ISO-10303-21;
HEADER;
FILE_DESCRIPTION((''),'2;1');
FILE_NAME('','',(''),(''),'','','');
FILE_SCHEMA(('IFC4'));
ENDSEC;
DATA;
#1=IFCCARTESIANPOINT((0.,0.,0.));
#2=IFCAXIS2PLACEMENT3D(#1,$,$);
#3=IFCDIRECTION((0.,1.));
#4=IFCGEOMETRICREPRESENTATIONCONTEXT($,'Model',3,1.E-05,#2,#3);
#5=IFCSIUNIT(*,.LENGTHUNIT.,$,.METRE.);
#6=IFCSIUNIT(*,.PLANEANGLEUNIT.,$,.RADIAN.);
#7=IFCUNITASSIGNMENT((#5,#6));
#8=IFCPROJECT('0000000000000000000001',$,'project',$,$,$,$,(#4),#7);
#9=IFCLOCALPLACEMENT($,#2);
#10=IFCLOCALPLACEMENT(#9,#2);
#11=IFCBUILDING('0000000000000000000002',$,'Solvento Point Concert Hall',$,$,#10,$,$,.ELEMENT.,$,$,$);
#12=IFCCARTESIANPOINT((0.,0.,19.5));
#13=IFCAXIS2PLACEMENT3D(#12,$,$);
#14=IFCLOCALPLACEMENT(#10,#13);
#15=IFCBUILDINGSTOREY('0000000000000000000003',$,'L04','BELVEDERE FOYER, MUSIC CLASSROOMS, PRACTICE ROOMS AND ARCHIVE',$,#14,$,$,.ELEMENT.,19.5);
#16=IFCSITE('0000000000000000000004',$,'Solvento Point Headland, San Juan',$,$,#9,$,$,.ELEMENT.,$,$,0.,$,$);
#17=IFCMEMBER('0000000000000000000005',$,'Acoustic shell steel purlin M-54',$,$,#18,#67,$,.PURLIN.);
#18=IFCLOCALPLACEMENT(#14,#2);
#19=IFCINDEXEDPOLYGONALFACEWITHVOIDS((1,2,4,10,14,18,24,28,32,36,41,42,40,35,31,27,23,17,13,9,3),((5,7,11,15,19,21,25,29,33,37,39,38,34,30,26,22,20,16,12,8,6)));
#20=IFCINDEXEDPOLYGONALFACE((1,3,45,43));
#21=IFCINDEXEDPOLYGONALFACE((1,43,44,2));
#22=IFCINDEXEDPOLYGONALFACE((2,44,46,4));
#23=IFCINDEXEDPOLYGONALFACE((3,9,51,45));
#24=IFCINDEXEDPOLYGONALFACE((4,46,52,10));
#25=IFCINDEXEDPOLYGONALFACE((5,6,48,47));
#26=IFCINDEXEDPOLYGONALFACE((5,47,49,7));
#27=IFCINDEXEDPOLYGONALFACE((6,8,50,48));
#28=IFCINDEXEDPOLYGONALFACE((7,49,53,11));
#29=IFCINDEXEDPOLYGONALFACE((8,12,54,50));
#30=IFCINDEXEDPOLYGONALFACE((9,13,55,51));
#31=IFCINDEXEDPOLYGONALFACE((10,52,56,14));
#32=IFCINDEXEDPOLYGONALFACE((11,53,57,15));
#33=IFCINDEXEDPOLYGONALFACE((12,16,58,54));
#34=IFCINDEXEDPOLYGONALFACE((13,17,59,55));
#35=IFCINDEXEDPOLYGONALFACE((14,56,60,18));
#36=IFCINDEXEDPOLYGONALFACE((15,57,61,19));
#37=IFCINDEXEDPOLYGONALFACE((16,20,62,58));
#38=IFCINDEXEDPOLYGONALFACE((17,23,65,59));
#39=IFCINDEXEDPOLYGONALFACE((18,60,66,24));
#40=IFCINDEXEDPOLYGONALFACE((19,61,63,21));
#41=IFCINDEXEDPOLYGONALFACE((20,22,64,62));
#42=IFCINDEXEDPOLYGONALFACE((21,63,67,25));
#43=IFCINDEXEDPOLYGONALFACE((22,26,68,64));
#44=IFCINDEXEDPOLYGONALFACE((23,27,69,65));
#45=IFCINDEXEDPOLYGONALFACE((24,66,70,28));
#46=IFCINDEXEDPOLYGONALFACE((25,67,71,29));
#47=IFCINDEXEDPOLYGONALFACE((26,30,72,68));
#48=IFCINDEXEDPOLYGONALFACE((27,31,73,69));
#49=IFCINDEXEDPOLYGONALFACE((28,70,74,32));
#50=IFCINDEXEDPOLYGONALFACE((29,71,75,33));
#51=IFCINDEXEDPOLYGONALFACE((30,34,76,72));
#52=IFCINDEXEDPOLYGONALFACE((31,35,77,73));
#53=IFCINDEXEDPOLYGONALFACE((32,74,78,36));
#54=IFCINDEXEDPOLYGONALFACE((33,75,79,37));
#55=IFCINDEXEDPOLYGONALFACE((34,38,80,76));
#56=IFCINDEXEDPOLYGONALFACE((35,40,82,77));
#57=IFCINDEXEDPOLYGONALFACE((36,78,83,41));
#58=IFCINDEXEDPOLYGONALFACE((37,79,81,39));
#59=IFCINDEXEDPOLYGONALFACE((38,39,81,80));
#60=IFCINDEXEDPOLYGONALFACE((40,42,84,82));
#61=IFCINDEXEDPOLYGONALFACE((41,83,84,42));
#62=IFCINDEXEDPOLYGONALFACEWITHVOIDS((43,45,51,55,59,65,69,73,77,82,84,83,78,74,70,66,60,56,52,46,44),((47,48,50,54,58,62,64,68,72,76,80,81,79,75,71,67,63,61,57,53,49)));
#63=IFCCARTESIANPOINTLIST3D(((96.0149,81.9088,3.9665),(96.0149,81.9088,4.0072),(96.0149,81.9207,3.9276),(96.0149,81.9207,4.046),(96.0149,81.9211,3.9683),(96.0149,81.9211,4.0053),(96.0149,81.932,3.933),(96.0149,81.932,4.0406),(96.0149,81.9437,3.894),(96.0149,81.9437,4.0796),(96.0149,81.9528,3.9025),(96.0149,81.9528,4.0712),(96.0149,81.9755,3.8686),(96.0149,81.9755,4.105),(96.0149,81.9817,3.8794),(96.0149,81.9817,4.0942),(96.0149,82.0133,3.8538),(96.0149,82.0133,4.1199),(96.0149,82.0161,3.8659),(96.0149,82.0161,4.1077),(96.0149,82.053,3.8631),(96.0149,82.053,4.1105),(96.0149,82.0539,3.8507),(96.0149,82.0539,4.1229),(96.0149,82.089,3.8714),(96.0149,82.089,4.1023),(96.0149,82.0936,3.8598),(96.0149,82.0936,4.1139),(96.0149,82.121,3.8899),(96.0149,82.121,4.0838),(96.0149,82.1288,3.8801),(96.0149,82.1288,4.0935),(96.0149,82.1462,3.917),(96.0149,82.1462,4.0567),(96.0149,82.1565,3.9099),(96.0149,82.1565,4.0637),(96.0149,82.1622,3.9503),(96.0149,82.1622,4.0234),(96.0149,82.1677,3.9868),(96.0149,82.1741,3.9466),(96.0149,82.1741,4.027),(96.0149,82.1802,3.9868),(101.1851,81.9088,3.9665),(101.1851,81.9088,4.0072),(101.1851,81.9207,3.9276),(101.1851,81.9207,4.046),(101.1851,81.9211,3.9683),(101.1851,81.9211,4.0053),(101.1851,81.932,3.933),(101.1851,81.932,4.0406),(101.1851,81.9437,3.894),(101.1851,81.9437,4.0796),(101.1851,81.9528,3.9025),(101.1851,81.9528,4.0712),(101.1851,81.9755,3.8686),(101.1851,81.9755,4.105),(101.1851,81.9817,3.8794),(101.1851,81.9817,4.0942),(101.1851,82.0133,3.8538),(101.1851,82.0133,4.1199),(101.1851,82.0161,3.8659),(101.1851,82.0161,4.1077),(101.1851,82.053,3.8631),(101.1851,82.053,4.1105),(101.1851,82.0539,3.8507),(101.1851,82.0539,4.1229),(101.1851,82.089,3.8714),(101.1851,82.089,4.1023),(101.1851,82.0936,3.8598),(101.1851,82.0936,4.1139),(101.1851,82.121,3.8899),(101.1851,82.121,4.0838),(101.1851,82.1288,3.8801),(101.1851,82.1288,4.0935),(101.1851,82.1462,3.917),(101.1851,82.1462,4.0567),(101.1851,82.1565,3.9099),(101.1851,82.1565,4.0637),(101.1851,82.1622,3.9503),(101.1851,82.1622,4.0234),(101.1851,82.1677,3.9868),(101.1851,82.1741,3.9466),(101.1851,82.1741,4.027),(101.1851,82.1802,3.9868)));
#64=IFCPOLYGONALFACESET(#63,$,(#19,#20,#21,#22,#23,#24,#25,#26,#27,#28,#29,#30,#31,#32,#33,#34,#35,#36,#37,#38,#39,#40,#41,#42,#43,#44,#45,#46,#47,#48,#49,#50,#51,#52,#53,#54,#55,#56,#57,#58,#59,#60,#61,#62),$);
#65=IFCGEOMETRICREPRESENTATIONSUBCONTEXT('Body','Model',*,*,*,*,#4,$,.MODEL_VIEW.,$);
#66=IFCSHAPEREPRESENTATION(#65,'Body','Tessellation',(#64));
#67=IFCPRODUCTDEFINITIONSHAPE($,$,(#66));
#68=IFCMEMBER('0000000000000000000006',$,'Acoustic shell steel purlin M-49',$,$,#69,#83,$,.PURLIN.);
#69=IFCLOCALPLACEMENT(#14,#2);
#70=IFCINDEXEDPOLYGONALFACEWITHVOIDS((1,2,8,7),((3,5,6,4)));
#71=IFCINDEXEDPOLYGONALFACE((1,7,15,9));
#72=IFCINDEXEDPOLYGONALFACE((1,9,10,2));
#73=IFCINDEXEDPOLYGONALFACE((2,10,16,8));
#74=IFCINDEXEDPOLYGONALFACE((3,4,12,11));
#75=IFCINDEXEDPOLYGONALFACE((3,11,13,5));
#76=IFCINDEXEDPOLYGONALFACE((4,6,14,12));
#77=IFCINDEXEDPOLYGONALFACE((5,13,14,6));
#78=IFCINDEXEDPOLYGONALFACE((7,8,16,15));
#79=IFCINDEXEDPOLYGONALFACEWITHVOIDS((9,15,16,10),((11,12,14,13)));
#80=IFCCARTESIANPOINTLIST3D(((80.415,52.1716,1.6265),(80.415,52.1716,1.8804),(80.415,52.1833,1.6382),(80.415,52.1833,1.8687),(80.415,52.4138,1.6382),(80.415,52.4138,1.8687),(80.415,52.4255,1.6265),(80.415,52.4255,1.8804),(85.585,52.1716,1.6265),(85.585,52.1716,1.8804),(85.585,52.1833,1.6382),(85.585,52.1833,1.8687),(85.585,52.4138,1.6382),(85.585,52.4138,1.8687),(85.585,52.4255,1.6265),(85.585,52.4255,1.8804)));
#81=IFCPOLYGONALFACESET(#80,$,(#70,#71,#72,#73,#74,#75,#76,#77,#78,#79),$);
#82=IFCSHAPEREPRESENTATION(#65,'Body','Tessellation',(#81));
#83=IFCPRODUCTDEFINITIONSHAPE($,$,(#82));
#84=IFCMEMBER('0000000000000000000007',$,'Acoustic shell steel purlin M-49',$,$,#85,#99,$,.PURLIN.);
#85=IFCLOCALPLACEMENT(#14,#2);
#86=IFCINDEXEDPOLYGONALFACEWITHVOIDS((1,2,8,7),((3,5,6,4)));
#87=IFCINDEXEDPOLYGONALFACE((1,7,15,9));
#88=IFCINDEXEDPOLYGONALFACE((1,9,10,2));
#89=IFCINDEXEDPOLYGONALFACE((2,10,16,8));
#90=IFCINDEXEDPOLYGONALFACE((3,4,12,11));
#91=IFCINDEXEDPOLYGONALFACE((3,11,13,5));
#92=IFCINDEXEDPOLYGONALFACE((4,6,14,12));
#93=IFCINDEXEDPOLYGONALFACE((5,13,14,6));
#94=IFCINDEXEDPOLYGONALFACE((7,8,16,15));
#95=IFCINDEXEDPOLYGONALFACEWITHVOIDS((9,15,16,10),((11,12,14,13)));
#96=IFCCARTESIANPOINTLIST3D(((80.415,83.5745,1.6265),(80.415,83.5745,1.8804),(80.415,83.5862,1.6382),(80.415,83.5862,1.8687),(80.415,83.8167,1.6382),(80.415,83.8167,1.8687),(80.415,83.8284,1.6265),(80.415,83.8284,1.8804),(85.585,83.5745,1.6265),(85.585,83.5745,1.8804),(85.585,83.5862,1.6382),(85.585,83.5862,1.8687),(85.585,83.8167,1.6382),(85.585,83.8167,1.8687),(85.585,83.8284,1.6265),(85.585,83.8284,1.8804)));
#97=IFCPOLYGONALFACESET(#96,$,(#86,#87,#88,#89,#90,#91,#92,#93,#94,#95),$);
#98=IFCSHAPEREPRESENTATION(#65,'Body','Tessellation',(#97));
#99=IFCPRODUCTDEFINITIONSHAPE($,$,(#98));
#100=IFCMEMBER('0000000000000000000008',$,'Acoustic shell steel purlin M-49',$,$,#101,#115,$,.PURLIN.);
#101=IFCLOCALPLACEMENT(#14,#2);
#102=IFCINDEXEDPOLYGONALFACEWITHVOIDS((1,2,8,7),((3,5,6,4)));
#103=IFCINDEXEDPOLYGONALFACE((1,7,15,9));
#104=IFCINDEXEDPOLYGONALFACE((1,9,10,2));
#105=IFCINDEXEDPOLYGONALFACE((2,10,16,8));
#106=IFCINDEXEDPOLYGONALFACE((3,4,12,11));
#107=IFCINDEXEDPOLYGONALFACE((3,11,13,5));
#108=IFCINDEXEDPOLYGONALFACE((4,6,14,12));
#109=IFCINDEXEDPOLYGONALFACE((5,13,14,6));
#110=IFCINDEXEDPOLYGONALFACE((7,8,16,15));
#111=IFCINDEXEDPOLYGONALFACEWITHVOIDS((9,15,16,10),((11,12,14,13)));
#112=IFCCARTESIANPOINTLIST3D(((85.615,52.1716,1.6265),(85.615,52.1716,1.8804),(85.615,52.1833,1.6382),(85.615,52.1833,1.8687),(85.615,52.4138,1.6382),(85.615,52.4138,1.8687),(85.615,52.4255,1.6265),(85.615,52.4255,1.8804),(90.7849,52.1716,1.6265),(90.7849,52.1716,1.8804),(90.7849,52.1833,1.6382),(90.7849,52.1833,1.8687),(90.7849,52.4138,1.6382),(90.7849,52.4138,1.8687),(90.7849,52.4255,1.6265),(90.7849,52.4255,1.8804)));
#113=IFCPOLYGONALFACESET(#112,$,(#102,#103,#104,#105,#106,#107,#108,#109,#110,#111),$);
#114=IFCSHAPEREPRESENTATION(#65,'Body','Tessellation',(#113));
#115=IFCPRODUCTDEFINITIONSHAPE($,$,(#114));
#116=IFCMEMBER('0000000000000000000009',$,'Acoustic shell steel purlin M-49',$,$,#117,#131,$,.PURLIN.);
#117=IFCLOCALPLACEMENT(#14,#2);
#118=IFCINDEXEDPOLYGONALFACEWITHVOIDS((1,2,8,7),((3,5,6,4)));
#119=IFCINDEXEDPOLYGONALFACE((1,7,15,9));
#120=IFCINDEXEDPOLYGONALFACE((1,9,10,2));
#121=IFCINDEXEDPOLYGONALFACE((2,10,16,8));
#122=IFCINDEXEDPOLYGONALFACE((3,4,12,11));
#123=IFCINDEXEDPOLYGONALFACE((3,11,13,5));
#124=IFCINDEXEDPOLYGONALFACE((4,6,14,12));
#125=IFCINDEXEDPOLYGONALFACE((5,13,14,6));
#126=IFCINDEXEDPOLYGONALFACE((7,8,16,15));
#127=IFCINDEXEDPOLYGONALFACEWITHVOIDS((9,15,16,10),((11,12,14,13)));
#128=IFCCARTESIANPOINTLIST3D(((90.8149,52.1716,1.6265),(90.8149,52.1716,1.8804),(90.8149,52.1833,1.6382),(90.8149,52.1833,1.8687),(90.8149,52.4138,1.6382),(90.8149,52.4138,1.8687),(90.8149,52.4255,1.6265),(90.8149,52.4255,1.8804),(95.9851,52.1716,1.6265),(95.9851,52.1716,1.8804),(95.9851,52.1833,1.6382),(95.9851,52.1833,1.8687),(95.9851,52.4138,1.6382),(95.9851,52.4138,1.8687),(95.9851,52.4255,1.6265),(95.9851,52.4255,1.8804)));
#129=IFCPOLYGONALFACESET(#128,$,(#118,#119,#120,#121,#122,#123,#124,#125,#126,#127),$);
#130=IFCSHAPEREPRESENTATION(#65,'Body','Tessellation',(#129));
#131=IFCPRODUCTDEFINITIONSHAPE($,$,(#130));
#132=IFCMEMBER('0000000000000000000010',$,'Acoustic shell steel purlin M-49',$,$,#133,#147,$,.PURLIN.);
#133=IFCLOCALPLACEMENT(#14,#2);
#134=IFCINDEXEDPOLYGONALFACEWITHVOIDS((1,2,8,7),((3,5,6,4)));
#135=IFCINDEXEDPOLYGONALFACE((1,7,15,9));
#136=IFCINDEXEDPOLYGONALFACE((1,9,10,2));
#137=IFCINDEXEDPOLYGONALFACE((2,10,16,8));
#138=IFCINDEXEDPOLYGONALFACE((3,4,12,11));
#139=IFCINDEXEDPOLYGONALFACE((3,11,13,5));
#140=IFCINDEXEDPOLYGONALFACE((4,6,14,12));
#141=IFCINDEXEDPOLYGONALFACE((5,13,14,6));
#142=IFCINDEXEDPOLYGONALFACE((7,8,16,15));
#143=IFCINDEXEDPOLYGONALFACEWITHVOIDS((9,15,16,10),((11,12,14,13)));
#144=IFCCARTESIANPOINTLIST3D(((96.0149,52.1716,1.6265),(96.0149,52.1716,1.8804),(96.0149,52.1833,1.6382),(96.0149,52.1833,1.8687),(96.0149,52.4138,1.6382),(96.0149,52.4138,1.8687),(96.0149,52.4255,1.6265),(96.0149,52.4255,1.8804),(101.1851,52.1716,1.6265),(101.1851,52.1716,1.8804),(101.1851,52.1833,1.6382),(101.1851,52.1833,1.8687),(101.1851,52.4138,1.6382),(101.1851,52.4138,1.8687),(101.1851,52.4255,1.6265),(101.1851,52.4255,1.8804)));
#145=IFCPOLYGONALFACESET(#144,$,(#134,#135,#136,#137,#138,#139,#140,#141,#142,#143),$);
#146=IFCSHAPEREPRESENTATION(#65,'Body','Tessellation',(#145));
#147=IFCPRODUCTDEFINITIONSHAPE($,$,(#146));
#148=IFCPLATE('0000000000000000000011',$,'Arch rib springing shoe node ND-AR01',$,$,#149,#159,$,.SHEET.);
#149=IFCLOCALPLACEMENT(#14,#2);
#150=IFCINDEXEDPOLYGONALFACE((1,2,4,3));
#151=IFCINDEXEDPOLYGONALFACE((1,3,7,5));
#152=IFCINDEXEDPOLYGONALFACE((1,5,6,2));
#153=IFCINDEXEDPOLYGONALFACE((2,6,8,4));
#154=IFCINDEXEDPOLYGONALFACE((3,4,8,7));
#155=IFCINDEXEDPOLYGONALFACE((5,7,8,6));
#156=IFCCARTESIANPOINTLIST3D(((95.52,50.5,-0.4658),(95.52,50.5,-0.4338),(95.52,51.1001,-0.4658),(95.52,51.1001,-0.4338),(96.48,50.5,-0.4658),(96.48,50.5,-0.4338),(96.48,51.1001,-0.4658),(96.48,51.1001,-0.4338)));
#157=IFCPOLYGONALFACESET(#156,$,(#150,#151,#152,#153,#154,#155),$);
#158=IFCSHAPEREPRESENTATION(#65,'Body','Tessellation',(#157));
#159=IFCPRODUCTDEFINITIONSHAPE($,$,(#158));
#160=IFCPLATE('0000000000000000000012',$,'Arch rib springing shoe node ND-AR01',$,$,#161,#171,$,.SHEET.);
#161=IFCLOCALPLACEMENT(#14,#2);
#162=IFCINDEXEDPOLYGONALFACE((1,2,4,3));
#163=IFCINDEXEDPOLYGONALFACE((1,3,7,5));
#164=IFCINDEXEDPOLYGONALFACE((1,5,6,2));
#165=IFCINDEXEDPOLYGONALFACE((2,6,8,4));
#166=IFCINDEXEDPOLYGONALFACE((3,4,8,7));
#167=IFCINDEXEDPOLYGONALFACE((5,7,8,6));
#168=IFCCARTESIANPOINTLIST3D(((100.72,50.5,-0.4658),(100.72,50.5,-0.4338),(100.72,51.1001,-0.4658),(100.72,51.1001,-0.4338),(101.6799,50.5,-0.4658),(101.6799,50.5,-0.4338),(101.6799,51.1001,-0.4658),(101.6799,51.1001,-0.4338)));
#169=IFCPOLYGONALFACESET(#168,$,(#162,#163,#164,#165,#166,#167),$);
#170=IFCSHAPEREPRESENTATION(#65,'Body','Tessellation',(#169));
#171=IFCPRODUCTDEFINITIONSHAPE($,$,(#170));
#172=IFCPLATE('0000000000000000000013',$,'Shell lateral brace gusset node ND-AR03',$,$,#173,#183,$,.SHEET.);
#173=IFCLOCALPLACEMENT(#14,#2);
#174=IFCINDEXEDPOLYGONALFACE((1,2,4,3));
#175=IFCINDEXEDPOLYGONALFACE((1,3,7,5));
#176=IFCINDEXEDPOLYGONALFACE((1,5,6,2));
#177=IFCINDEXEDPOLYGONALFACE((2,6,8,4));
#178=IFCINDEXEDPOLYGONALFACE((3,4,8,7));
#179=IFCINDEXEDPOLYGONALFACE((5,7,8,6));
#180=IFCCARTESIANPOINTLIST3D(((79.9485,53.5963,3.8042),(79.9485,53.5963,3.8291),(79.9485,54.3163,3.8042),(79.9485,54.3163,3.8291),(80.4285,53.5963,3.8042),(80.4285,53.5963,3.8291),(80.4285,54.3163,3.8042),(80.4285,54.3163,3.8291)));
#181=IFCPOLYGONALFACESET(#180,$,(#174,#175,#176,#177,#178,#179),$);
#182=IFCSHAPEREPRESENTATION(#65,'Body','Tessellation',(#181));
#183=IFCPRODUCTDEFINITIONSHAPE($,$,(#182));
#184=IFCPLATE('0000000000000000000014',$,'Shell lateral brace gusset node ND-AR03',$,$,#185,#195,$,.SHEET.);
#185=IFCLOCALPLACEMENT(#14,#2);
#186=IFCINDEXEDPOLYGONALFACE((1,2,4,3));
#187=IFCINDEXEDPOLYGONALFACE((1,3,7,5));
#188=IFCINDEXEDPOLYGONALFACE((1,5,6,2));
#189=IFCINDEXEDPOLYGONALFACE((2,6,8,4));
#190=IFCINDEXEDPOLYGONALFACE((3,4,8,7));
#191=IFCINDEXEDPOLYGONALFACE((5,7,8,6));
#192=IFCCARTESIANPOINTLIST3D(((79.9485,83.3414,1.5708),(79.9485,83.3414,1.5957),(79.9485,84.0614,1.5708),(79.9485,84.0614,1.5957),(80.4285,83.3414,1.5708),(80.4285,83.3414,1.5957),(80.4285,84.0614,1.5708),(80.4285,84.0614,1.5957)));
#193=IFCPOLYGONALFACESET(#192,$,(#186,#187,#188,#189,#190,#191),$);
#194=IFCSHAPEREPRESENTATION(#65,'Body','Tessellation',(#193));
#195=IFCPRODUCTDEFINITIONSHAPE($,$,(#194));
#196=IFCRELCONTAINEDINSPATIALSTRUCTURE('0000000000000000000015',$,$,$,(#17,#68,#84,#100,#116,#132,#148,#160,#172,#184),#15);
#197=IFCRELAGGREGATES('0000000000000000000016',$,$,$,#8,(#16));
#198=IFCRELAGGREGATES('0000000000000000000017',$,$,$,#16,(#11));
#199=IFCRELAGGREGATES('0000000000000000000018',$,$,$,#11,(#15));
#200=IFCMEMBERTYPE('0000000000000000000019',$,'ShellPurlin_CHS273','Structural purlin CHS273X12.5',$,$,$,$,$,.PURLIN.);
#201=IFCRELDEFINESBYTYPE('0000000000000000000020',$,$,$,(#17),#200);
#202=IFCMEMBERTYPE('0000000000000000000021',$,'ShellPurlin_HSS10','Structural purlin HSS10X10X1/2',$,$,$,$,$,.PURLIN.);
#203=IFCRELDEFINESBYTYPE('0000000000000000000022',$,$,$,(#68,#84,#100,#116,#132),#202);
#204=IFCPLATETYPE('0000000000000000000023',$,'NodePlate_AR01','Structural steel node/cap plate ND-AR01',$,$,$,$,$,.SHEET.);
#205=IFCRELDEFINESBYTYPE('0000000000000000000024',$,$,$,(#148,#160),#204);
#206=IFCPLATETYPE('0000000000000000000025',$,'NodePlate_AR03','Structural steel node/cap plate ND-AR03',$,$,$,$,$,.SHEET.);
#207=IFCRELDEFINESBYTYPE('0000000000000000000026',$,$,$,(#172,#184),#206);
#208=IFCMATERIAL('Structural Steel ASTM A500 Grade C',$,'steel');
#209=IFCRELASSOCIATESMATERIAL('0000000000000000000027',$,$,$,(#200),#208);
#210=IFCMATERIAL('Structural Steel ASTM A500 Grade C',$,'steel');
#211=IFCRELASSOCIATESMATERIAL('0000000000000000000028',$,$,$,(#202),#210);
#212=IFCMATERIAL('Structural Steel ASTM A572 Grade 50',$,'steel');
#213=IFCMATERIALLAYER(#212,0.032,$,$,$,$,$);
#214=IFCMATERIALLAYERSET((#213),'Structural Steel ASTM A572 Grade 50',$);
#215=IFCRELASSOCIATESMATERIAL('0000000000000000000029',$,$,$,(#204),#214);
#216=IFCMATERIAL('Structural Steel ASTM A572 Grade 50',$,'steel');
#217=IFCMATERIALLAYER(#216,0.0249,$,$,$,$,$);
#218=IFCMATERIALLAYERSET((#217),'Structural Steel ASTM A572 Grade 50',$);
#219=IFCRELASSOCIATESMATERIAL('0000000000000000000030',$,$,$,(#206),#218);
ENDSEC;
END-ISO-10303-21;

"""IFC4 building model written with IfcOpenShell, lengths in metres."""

from ifc_helpers import new_model, si_unit, direction, frame, origin, origin_2d, place, context, subcontext, project, spatial, rectangle, hollow_rectangle, hollow_circle, extrude, material, layer, layer_set, material_profile, profile_set, type_object, element, save


model = new_model("IFC4")

# Units and contexts
model_context = context("Model", 3, precision=1e-05, world=origin(), true_north=direction((0.0, 1.0)))
body_context = subcontext(model_context, "Body", "Model", "MODEL_VIEW")
ifc_project = project(units=[si_unit("LENGTHUNIT", "METRE"), si_unit("PLANEANGLEUNIT", "RADIAN")], contexts=[model_context])

# Site, building, storey
site_placement = place(None, origin())
site = spatial("IfcSite", under=ifc_project, at=site_placement, Name="Solvento Point Headland, San Juan", CompositionType="ELEMENT", RefElevation=0.0)
building_placement = place(site_placement, origin())
building = spatial("IfcBuilding", under=site, at=building_placement, Name="Solvento Point Concert Hall", CompositionType="ELEMENT")
storey_placement = place(building_placement, frame((0.0, 0.0, 19.5)))
storey = spatial("IfcBuildingStorey", under=building, at=storey_placement, Name="L04", Description="BELVEDERE FOYER, MUSIC CLASSROOMS, PRACTICE ROOMS AND ARCHIVE", CompositionType="ELEMENT", Elevation=19.5)

# Members
ifc_material_1 = material(Name="Structural Steel ASTM A500 Grade C", Category="steel")
ifc_material_profile_1 = material_profile(ifc_material_1, hollow_circle(Radius=0.1365, WallThickness=0.0125, at=origin_2d()), Name="CHS273X12.5")
ifc_profile_set_1 = profile_set([ifc_material_profile_1], Name="Structural Steel ASTM A500 Grade C")
member_type_1 = type_object("IfcMemberType", Name="ShellPurlin_CHS273", Description="Structural purlin CHS273X12.5", PredefinedType="PURLIN", material=ifc_profile_set_1)
for number, where, z_axis, x_axis, name in (
    (1, (96.0149, 82.0437, 3.9868), (1.0, 0.0, 0.0), (0.0, 1.0, 0.0), "Acoustic shell steel purlin M-54"),
):
    element("IfcMember", number, at=place(storey_placement, frame(where, z_axis=z_axis, x_axis=x_axis)), inside=storey, type_object=member_type_1, Name=name, PredefinedType="PURLIN", context=body_context, shape_type="SweptSolid", body=[
        extrude(hollow_circle(Radius=0.1365, WallThickness=0.0125, at=origin_2d()), origin(), (0.0, 0.0, 1.0), 5.1702),
    ])
ifc_material_2 = material(Name="Structural Steel ASTM A500 Grade C", Category="steel")
ifc_material_profile_2 = material_profile(ifc_material_2, hollow_rectangle(XDim=0.2539, YDim=0.2539, WallThickness=0.0117, at=origin_2d()), Name="HSS10X10X1/2")
ifc_profile_set_2 = profile_set([ifc_material_profile_2], Name="Structural Steel ASTM A500 Grade C")
member_type_2 = type_object("IfcMemberType", Name="ShellPurlin_HSS10", Description="Structural purlin HSS10X10X1/2", PredefinedType="PURLIN", material=ifc_profile_set_2)
for number, where, z_axis, x_axis, name in (
    (2, (80.415, 52.2986, 1.7534), (1.0, 0.0, 0.0), (0.0, 1.0, 0.0), "Acoustic shell steel purlin M-49"),
    (3, (80.415, 83.7014, 1.7534), (1.0, 0.0, 0.0), (0.0, 1.0, 0.0), "Acoustic shell steel purlin M-49"),
    (4, (85.615, 52.2986, 1.7534), (1.0, 0.0, 0.0), (0.0, 1.0, 0.0), "Acoustic shell steel purlin M-49"),
):
    element("IfcMember", number, at=place(storey_placement, frame(where, z_axis=z_axis, x_axis=x_axis)), inside=storey, type_object=member_type_2, Name=name, PredefinedType="PURLIN", context=body_context, shape_type="SweptSolid", body=[
        extrude(hollow_rectangle(XDim=0.2539, YDim=0.2539, WallThickness=0.0117, at=origin_2d()), origin(), (0.0, 0.0, 1.0), 5.1699),
    ])
for number, where, z_axis, x_axis, name in (
    (5, (90.8149, 52.2986, 1.7534), (1.0, 0.0, 0.0), (0.0, 1.0, 0.0), "Acoustic shell steel purlin M-49"),
    (6, (96.0149, 52.2986, 1.7534), (1.0, 0.0, 0.0), (0.0, 1.0, 0.0), "Acoustic shell steel purlin M-49"),
):
    element("IfcMember", number, at=place(storey_placement, frame(where, z_axis=z_axis, x_axis=x_axis)), inside=storey, type_object=member_type_2, Name=name, PredefinedType="PURLIN", context=body_context, shape_type="SweptSolid", body=[
        extrude(hollow_rectangle(XDim=0.2539, YDim=0.2539, WallThickness=0.0117, at=origin_2d()), origin(), (0.0, 0.0, 1.0), 5.1702),
    ])

# Plates
ifc_material_3 = material(Name="Structural Steel ASTM A572 Grade 50", Category="steel")
ifc_layer_1 = layer(ifc_material_3, 0.032)
ifc_layer_set_1 = layer_set([ifc_layer_1], Name="Structural Steel ASTM A572 Grade 50")
plate_type_1 = type_object("IfcPlateType", Name="NodePlate_AR01", Description="Structural steel node/cap plate ND-AR01", PredefinedType="SHEET", material=ifc_layer_set_1)
for number, where, z_axis, x_axis, name in (
    (7, (96.0, 50.8, -0.4658), (0.0, 0.0, 1.0), (1.0, 0.0, 0.0), "Arch rib springing shoe node ND-AR01"),
    (8, (101.2, 50.8, -0.4658), (0.0, 0.0, 1.0), (1.0, 0.0, 0.0), "Arch rib springing shoe node ND-AR01"),
):
    element("IfcPlate", number, at=place(storey_placement, frame(where, z_axis=z_axis, x_axis=x_axis)), inside=storey, type_object=plate_type_1, Name=name, PredefinedType="SHEET", context=body_context, shape_type="SweptSolid", body=[
        extrude(rectangle(XDim=0.96, YDim=0.6001, at=origin_2d()), origin(), (0.0, 0.0, 1.0), 0.032),
    ])
ifc_material_4 = material(Name="Structural Steel ASTM A572 Grade 50", Category="steel")
ifc_layer_2 = layer(ifc_material_4, 0.0249)
ifc_layer_set_2 = layer_set([ifc_layer_2], Name="Structural Steel ASTM A572 Grade 50")
plate_type_2 = type_object("IfcPlateType", Name="NodePlate_AR03", Description="Structural steel node/cap plate ND-AR03", PredefinedType="SHEET", material=ifc_layer_set_2)
for number, where, z_axis, x_axis, name in (
    (9, (80.1885, 53.9563, 3.8042), (0.0, 0.0, 1.0), (0.0, 1.0, 0.0), "Shell lateral brace gusset node ND-AR03"),
    (10, (80.1885, 83.7014, 1.5708), (0.0, 0.0, 1.0), (0.0, 1.0, 0.0), "Shell lateral brace gusset node ND-AR03"),
):
    element("IfcPlate", number, at=place(storey_placement, frame(where, z_axis=z_axis, x_axis=x_axis)), inside=storey, type_object=plate_type_2, Name=name, PredefinedType="SHEET", context=body_context, shape_type="SweptSolid", body=[
        extrude(rectangle(XDim=0.72, YDim=0.48, at=origin_2d()), origin(), (0.0, 0.0, 1.0), 0.0249),
    ])

save(model, "model.ifc")
